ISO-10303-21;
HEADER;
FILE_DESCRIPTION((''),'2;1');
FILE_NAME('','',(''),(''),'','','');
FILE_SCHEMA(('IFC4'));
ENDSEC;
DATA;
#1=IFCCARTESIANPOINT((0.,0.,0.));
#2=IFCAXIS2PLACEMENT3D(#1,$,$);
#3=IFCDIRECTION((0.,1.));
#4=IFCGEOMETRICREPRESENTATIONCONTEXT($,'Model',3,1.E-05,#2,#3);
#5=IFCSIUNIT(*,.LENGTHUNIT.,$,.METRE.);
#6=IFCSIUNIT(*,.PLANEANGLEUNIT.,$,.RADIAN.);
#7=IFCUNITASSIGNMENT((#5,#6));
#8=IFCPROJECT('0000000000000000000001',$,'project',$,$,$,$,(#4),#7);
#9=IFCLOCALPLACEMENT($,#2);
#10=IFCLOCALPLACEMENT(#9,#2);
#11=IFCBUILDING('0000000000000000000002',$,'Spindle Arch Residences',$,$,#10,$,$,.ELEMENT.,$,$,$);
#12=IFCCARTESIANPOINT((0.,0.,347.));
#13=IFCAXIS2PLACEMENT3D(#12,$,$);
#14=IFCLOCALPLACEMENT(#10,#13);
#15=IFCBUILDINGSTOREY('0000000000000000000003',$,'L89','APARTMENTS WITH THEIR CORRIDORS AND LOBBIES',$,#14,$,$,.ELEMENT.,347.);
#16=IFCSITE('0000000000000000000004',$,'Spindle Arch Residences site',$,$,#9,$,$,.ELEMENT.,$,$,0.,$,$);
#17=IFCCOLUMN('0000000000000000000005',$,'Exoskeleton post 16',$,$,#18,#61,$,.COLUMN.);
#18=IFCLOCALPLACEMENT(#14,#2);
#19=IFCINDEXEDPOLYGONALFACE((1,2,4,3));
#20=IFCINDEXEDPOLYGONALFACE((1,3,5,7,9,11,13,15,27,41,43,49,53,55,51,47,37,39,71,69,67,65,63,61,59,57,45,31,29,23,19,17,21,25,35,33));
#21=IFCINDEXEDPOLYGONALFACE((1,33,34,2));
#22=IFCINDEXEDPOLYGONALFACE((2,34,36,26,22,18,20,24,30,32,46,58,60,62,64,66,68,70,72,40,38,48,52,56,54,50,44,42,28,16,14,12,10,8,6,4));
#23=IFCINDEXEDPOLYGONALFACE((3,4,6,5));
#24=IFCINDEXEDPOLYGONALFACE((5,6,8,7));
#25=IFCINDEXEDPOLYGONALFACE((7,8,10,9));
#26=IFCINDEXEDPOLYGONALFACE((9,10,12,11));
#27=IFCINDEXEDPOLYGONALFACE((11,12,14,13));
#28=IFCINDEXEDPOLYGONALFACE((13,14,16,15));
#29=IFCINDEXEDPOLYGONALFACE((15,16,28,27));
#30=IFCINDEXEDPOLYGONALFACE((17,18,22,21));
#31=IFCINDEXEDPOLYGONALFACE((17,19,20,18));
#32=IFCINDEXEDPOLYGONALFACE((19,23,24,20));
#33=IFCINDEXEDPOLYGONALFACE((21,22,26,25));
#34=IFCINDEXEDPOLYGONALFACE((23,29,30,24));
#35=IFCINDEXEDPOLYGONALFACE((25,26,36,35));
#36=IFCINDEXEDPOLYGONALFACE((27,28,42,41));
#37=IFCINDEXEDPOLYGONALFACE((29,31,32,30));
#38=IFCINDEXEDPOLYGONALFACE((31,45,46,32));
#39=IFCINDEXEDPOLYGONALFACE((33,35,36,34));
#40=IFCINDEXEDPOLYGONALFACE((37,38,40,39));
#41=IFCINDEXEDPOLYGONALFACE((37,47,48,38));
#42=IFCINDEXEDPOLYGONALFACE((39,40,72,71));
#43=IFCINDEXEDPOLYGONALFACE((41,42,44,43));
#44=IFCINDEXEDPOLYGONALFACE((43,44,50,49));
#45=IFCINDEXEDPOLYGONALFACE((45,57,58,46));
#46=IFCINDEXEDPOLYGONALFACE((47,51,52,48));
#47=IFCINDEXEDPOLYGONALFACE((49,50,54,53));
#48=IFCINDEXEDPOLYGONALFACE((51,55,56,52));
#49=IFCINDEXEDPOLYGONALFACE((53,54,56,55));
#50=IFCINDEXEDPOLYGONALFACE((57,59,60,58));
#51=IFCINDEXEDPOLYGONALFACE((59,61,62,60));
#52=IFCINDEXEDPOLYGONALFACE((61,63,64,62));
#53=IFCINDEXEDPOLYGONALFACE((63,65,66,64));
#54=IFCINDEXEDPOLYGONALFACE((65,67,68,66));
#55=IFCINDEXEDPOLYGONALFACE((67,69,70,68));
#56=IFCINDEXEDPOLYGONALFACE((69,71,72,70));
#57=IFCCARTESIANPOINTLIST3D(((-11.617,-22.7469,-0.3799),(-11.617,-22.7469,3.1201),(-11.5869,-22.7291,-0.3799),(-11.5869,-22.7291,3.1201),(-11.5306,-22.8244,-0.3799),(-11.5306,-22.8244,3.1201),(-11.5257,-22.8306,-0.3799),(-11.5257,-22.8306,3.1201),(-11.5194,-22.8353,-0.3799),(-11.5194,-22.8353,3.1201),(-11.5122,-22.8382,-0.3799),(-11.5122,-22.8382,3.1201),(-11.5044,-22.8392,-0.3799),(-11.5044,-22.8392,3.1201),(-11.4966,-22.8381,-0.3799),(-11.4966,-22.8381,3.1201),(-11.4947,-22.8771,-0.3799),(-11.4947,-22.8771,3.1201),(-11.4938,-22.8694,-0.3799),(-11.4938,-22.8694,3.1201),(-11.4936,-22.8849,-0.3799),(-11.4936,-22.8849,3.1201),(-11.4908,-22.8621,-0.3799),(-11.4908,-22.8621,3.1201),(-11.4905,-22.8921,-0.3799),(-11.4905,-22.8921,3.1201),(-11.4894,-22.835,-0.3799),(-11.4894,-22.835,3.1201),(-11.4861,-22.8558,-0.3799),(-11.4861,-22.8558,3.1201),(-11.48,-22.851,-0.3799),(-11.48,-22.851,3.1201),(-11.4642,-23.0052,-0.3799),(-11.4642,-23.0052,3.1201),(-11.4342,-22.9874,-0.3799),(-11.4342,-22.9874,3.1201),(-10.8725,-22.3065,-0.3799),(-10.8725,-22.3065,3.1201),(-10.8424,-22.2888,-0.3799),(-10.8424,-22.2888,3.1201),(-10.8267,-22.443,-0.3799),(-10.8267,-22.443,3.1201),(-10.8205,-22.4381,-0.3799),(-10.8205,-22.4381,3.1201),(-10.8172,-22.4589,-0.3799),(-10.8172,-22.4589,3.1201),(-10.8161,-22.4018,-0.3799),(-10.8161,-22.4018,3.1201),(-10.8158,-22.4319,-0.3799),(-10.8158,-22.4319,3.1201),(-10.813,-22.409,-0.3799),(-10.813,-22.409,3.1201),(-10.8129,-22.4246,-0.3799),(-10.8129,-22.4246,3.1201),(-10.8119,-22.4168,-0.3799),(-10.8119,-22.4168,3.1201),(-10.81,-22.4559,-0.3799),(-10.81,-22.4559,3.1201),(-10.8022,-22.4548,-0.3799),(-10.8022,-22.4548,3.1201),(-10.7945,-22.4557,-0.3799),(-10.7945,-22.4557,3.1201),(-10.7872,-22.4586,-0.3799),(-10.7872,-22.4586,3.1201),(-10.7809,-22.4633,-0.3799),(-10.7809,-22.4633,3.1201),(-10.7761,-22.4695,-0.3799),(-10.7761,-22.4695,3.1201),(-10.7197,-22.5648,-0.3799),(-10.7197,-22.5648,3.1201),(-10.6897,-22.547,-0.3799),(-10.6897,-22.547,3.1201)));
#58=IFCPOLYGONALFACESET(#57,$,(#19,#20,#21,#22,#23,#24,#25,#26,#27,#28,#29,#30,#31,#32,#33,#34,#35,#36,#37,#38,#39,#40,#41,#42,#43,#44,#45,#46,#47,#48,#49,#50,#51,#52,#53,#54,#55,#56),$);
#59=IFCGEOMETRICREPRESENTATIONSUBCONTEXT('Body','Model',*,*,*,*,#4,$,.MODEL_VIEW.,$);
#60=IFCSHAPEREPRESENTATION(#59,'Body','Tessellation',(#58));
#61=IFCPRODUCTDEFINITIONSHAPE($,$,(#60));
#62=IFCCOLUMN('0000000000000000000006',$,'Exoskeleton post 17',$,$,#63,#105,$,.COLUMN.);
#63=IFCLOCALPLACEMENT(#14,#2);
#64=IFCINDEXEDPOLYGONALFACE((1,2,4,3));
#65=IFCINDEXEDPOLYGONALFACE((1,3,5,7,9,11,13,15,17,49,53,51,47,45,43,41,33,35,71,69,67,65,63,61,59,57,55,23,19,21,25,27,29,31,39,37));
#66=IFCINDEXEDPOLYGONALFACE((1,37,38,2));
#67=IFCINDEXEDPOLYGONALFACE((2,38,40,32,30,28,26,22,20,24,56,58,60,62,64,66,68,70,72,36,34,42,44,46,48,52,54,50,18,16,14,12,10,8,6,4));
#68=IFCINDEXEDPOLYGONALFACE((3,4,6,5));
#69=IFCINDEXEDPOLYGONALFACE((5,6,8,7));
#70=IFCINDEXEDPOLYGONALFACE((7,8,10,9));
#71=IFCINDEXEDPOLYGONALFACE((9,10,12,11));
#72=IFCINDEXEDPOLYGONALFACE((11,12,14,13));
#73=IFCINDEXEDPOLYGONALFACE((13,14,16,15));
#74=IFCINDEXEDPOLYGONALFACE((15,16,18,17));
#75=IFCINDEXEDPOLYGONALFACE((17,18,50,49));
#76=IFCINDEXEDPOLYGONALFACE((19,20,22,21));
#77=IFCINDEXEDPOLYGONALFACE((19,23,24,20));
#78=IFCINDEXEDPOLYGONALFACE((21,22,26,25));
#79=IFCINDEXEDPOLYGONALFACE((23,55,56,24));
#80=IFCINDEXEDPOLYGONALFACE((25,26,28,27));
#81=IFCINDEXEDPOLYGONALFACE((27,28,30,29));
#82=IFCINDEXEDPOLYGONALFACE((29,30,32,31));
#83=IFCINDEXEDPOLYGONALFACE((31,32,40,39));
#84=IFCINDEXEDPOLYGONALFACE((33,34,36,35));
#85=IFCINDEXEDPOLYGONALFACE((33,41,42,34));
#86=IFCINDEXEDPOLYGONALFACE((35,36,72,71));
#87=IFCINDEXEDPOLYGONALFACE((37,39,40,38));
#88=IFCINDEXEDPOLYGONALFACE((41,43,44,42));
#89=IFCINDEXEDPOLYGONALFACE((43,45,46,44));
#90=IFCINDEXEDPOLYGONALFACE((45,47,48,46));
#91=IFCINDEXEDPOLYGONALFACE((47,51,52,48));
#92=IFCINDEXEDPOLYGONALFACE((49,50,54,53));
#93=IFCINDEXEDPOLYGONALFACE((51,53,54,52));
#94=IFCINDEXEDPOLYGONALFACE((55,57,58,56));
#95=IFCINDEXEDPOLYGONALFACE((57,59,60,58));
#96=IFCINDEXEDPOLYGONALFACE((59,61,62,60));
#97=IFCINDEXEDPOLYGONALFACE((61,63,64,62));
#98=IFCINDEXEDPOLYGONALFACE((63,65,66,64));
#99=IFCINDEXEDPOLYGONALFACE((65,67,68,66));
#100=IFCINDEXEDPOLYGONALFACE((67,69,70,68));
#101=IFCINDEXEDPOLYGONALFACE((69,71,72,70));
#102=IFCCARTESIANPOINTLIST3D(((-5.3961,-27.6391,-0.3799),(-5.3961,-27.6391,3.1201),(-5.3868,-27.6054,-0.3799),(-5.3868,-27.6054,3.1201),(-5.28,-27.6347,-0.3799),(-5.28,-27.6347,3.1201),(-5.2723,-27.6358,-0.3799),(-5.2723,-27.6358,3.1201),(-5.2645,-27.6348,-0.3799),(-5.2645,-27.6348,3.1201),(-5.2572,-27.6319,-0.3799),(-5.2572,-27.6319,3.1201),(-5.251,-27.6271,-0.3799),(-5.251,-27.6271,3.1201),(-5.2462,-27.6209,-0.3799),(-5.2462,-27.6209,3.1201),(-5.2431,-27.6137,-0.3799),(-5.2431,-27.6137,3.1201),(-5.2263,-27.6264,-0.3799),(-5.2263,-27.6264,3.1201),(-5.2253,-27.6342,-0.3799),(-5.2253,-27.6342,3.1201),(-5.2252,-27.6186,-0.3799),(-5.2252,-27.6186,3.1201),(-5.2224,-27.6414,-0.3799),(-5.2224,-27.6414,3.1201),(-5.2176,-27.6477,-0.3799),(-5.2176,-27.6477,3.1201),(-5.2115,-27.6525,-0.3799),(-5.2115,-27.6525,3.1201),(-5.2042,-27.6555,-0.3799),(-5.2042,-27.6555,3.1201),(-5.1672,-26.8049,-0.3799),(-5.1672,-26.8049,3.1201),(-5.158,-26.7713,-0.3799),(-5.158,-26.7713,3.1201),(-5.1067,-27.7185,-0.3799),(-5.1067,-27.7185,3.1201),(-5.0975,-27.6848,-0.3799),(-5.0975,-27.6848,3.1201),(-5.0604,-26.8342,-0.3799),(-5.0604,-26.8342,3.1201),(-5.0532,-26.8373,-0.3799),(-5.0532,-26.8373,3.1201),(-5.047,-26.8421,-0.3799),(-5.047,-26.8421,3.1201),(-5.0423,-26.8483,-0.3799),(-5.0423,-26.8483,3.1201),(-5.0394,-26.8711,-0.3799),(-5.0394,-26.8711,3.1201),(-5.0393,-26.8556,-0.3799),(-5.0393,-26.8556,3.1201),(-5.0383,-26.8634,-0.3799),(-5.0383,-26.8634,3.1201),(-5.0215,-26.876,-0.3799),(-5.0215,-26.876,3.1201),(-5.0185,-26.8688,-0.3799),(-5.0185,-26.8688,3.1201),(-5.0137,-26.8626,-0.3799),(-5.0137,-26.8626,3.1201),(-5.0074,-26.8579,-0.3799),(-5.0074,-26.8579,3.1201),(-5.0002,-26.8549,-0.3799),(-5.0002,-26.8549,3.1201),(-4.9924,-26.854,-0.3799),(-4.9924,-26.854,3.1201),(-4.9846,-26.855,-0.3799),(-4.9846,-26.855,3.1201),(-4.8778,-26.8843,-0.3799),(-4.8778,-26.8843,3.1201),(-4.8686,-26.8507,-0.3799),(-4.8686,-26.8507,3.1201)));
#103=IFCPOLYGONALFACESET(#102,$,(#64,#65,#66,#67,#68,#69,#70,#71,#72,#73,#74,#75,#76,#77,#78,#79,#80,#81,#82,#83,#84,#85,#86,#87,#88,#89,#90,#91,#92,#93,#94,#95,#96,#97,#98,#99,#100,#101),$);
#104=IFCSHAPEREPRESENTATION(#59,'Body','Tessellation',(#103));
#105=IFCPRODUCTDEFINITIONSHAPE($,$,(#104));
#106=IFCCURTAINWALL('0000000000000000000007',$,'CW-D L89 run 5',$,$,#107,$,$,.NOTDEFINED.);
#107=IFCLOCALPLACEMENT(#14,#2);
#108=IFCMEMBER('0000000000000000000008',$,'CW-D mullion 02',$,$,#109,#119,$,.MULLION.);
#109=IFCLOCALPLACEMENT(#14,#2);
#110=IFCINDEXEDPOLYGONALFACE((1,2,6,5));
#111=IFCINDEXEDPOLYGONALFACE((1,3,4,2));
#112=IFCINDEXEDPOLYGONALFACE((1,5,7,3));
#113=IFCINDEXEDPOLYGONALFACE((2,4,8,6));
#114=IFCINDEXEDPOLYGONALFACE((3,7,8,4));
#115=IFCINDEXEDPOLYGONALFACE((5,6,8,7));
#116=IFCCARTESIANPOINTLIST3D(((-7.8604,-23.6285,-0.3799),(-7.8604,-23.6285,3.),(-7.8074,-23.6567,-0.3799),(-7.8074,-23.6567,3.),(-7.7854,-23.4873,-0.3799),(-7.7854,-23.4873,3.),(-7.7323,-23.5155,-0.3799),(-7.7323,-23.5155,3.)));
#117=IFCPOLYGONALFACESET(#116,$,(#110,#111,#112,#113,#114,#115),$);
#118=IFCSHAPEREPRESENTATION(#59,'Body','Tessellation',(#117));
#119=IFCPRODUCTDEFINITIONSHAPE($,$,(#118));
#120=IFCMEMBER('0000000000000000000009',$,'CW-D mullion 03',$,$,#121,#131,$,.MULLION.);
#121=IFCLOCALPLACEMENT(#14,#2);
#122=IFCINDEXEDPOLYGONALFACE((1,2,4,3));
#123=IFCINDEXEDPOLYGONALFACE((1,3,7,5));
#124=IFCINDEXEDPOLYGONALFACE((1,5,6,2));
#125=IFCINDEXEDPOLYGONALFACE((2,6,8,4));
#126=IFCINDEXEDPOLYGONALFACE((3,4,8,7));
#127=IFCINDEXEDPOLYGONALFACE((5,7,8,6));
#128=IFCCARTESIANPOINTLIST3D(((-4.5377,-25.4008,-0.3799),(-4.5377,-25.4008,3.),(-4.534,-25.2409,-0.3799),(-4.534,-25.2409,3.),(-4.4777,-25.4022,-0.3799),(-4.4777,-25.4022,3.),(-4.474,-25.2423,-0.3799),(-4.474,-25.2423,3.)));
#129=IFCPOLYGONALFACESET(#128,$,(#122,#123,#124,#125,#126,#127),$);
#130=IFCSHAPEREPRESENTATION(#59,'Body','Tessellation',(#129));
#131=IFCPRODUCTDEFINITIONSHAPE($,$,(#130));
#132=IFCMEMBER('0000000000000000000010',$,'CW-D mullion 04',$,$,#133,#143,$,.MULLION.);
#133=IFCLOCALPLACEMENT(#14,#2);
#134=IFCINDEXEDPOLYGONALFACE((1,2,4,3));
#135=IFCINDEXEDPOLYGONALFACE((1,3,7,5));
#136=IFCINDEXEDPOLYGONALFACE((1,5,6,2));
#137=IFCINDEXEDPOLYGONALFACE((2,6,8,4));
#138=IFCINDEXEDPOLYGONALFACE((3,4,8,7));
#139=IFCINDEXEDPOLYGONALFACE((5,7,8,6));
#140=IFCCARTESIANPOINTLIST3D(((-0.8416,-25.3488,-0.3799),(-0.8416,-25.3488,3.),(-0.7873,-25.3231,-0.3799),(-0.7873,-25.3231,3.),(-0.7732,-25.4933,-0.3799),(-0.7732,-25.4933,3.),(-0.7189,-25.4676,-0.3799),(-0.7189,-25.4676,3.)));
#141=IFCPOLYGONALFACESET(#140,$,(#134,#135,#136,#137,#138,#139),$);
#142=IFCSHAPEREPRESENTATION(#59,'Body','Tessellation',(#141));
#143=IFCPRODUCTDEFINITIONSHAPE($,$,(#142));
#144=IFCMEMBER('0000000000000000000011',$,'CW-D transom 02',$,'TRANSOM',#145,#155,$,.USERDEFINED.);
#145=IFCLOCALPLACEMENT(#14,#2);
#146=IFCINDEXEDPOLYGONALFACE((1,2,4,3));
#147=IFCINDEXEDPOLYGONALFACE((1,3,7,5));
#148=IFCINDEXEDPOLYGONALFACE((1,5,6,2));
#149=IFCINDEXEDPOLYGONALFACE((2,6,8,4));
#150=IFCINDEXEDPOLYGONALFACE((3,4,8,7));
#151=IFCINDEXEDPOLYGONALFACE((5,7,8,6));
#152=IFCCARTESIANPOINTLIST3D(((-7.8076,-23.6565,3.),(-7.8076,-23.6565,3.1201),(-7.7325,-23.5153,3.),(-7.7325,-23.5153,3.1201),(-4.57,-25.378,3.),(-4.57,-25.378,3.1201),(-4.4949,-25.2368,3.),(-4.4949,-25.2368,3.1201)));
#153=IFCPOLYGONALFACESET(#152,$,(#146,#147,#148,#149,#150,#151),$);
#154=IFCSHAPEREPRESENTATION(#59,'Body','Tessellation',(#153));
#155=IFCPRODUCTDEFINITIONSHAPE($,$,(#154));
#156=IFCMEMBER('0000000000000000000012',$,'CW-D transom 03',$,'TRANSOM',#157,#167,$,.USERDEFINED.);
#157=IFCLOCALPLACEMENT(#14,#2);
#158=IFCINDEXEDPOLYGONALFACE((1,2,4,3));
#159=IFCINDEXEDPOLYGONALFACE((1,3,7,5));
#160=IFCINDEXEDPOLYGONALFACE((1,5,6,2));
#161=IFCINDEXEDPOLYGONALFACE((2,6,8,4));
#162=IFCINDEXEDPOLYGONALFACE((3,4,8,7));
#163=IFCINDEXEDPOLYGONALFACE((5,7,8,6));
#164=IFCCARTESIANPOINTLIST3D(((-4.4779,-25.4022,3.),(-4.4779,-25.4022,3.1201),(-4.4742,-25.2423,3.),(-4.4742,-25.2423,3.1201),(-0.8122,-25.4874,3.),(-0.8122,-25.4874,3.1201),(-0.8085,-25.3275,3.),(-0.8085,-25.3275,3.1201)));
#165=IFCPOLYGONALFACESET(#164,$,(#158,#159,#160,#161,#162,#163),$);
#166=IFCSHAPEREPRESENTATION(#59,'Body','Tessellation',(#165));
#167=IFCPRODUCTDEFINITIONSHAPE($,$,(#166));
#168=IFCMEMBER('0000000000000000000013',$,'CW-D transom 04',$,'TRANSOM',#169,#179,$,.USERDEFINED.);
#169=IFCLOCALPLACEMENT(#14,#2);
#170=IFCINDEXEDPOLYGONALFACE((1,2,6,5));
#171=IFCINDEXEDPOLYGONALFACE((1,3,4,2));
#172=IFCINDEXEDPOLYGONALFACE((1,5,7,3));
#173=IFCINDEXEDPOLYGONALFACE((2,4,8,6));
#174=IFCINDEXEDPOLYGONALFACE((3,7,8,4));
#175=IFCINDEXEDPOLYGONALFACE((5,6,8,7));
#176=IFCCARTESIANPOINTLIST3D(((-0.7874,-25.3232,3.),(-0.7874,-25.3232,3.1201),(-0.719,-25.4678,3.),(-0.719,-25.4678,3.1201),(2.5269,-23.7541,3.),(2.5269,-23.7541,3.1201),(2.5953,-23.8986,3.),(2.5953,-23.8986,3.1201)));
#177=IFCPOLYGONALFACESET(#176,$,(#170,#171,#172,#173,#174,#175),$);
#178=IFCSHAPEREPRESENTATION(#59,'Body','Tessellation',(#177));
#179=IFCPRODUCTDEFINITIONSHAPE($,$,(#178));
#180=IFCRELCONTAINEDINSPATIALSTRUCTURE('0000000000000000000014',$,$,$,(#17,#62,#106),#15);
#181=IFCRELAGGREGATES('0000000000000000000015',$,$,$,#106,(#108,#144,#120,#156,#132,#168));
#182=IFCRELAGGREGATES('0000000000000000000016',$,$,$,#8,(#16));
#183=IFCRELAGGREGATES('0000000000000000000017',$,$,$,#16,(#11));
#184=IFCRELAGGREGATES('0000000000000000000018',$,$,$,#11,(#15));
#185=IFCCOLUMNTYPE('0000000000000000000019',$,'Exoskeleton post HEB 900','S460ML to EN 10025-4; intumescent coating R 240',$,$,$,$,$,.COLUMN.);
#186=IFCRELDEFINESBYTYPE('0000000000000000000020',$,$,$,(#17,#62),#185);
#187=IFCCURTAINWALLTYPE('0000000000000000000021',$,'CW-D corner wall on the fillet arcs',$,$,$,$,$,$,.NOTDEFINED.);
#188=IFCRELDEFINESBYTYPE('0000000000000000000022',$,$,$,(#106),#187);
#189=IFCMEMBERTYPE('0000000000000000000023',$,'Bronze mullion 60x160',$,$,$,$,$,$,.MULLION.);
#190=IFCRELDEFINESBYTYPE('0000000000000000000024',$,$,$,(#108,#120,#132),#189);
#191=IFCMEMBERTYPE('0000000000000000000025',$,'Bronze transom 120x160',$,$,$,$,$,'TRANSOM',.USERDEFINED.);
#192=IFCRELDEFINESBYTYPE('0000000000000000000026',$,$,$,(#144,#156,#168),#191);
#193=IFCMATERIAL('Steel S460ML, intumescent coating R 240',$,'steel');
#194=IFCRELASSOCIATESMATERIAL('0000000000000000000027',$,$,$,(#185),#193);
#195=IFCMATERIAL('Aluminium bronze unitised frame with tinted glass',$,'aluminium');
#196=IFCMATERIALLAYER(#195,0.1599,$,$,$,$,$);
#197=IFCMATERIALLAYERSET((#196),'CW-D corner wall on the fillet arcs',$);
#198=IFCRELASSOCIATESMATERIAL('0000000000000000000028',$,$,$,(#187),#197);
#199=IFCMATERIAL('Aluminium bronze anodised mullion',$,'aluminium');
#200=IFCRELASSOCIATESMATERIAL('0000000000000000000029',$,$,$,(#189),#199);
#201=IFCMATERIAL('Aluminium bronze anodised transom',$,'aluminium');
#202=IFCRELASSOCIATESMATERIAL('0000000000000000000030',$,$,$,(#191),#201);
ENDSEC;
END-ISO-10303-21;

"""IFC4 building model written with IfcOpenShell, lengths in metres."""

from ifc_helpers import new_model, si_unit, direction, frame, origin, origin_2d, place, context, subcontext, project, spatial, rectangle, i_section, extrude, material, layer, layer_set, material_profile, profile_set, type_object, element, aggregate, save


model = new_model("IFC4")

# Units and contexts
model_context = context("Model", 3, precision=1e-05, world=origin(), true_north=direction((0.0, 1.0)))
body_context = subcontext(model_context, "Body", "Model", "MODEL_VIEW")
ifc_project = project(units=[si_unit("LENGTHUNIT", "METRE"), si_unit("PLANEANGLEUNIT", "RADIAN")], contexts=[model_context])

# Site, building, storey
site_placement = place(None, origin())
site = spatial("IfcSite", under=ifc_project, at=site_placement, Name="Spindle Arch Residences site", CompositionType="ELEMENT", RefElevation=0.0)
building_placement = place(site_placement, origin())
building = spatial("IfcBuilding", under=site, at=building_placement, Name="Spindle Arch Residences", CompositionType="ELEMENT")
storey_placement = place(building_placement, frame((0.0, 0.0, 347.0)))
storey = spatial("IfcBuildingStorey", under=building, at=storey_placement, Name="L89", Description="APARTMENTS WITH THEIR CORRIDORS AND LOBBIES", CompositionType="ELEMENT", Elevation=347.0)

# Columns
ifc_material_1 = material(Name="Steel S460ML, intumescent coating R 240", Category="steel")
ifc_material_profile_1 = material_profile(ifc_material_1, i_section(OverallWidth=0.3, OverallDepth=0.8999, WebThickness=0.0186, FlangeThickness=0.0349, FilletRadius=0.03, at=origin_2d()), Name="HEB 900")
ifc_profile_set_1 = profile_set([ifc_material_profile_1], Name="Steel S460ML, intumescent coating R 240")
column_type = type_object("IfcColumnType", Name="Exoskeleton post HEB 900", Description="S460ML to EN 10025-4; intumescent coating R 240", PredefinedType="COLUMN", material=ifc_profile_set_1)
for number, where, z_axis, x_axis, name in (
    (1, (-11.1533, -22.647, -0.3799), (0.0, 0.0, 1.0), (-0.509114, 0.860699, 0.0), "Exoskeleton post 16"),
    (2, (-5.1323, -27.2449, -0.3799), (0.0, 0.0, 1.0), (-0.964363, 0.264583, 0.0), "Exoskeleton post 17"),
):
    element("IfcColumn", number, at=place(storey_placement, frame(where, z_axis=z_axis, x_axis=x_axis)), inside=storey, type_object=column_type, Name=name, PredefinedType="COLUMN", context=body_context, shape_type="SweptSolid", body=[
        extrude(i_section(OverallWidth=0.3, OverallDepth=0.8999, WebThickness=0.0186, FlangeThickness=0.0349, FilletRadius=0.03, at=origin_2d()), origin(), (0.0, 0.0, 1.0), 3.5),
    ])

# Curtain wall, members
ifc_material_2 = material(Name="Aluminium bronze unitised frame with tinted glass", Category="aluminium")
ifc_layer_1 = layer(ifc_material_2, 0.1599)
ifc_layer_set_1 = layer_set([ifc_layer_1], Name="CW-D corner wall on the fillet arcs")
curtain_wall_type = type_object("IfcCurtainWallType", Name="CW-D corner wall on the fillet arcs", PredefinedType="NOTDEFINED", material=ifc_layer_set_1)
curtain_wall_placement = place(storey_placement, origin())
curtain_wall = element("IfcCurtainWall", 3, at=curtain_wall_placement, inside=storey, type_object=curtain_wall_type, Name="CW-D L89 run 5", PredefinedType="NOTDEFINED")
ifc_material_3 = material(Name="Aluminium bronze anodised mullion", Category="aluminium")
ifc_material_profile_2 = material_profile(ifc_material_3, rectangle(XDim=0.1599, YDim=0.0601, at=origin_2d()), Name="MU 60x160")
ifc_profile_set_2 = profile_set([ifc_material_profile_2], Name="Aluminium bronze anodised mullion")
member_type_1 = type_object("IfcMemberType", Name="Bronze mullion 60x160", PredefinedType="MULLION", material=ifc_profile_set_2)
member_1_placement = place(storey_placement, frame((-7.7964, -23.572, -0.3799), z_axis=(0.0, 0.0, 1.0), x_axis=(0.469472, 0.882948, 0.0)))
member_1 = element("IfcMember", 4, at=member_1_placement, type_object=member_type_1, Name="CW-D mullion 02", PredefinedType="MULLION", context=body_context, shape_type="SweptSolid", body=[
    extrude(rectangle(XDim=0.1599, YDim=0.0601, at=origin_2d()), origin(), (0.0, 0.0, 1.0), 3.3799),
])
member_2_placement = place(storey_placement, frame((-4.5059, -25.3215, -0.3799), z_axis=(0.0, 0.0, 1.0), x_axis=(0.023269, 0.999729, 0.0)))
member_2 = element("IfcMember", 5, at=member_2_placement, type_object=member_type_1, Name="CW-D mullion 03", PredefinedType="MULLION", context=body_context, shape_type="SweptSolid", body=[
    extrude(rectangle(XDim=0.1599, YDim=0.0601, at=origin_2d()), origin(), (0.0, 0.0, 1.0), 3.3799),
])
member_3_placement = place(storey_placement, frame((-0.7803, -25.4082, -0.3799), z_axis=(0.0, 0.0, 1.0), x_axis=(-0.427884, 0.903834, 0.0)))
member_3 = element("IfcMember", 6, at=member_3_placement, type_object=member_type_1, Name="CW-D mullion 04", PredefinedType="MULLION", context=body_context, shape_type="SweptSolid", body=[
    extrude(rectangle(XDim=0.1599, YDim=0.0601, at=origin_2d()), origin(), (0.0, 0.0, 1.0), 3.3799),
])
ifc_material_4 = material(Name="Aluminium bronze anodised transom", Category="aluminium")
ifc_material_profile_3 = material_profile(ifc_material_4, rectangle(XDim=0.1599, YDim=0.1201, at=origin_2d()), Name="TR 120x160")
ifc_profile_set_3 = profile_set([ifc_material_profile_3], Name="Aluminium bronze anodised transom")
member_type_2 = type_object("IfcMemberType", Name="Bronze transom 120x160", ElementType="TRANSOM", PredefinedType="USERDEFINED", material=ifc_profile_set_3)
member_4_placement = place(storey_placement, frame((-7.77, -23.5859, 3.0601), z_axis=(0.882948, -0.469472, 0.0), x_axis=(0.469472, 0.882948, 0.0)))
member_4 = element("IfcMember", 7, at=member_4_placement, type_object=member_type_2, Name="CW-D transom 02", ObjectType="TRANSOM", PredefinedType="USERDEFINED", context=body_context, shape_type="SweptSolid", body=[
    extrude(rectangle(XDim=0.1599, YDim=0.1201, at=origin_2d()), origin(), (0.0, 0.0, 1.0), 3.6667),
])
member_5_placement = place(storey_placement, frame((-4.4761, -25.3223, 3.0601), z_axis=(0.99973, -0.023237, 0.0), x_axis=(0.023237, 0.99973, 0.0)))
member_5 = element("IfcMember", 8, at=member_5_placement, type_object=member_type_2, Name="CW-D transom 03", ObjectType="TRANSOM", PredefinedType="USERDEFINED", context=body_context, shape_type="SweptSolid", body=[
    extrude(rectangle(XDim=0.1599, YDim=0.1201, at=origin_2d()), origin(), (0.0, 0.0, 1.0), 3.6667),
])
member_6_placement = place(storey_placement, frame((-0.7532, -25.3955, 3.0601), z_axis=(0.903822, 0.427909, 0.0), x_axis=(-0.427909, 0.903822, 0.0)))
member_6 = element("IfcMember", 9, at=member_6_placement, type_object=member_type_2, Name="CW-D transom 04", ObjectType="TRANSOM", PredefinedType="USERDEFINED", context=body_context, shape_type="SweptSolid", body=[
    extrude(rectangle(XDim=0.1599, YDim=0.1201, at=origin_2d()), origin(), (0.0, 0.0, 1.0), 3.667),
])

aggregate(curtain_wall, [member_1, member_4, member_2, member_5, member_3, member_6])

save(model, "model.ifc")
